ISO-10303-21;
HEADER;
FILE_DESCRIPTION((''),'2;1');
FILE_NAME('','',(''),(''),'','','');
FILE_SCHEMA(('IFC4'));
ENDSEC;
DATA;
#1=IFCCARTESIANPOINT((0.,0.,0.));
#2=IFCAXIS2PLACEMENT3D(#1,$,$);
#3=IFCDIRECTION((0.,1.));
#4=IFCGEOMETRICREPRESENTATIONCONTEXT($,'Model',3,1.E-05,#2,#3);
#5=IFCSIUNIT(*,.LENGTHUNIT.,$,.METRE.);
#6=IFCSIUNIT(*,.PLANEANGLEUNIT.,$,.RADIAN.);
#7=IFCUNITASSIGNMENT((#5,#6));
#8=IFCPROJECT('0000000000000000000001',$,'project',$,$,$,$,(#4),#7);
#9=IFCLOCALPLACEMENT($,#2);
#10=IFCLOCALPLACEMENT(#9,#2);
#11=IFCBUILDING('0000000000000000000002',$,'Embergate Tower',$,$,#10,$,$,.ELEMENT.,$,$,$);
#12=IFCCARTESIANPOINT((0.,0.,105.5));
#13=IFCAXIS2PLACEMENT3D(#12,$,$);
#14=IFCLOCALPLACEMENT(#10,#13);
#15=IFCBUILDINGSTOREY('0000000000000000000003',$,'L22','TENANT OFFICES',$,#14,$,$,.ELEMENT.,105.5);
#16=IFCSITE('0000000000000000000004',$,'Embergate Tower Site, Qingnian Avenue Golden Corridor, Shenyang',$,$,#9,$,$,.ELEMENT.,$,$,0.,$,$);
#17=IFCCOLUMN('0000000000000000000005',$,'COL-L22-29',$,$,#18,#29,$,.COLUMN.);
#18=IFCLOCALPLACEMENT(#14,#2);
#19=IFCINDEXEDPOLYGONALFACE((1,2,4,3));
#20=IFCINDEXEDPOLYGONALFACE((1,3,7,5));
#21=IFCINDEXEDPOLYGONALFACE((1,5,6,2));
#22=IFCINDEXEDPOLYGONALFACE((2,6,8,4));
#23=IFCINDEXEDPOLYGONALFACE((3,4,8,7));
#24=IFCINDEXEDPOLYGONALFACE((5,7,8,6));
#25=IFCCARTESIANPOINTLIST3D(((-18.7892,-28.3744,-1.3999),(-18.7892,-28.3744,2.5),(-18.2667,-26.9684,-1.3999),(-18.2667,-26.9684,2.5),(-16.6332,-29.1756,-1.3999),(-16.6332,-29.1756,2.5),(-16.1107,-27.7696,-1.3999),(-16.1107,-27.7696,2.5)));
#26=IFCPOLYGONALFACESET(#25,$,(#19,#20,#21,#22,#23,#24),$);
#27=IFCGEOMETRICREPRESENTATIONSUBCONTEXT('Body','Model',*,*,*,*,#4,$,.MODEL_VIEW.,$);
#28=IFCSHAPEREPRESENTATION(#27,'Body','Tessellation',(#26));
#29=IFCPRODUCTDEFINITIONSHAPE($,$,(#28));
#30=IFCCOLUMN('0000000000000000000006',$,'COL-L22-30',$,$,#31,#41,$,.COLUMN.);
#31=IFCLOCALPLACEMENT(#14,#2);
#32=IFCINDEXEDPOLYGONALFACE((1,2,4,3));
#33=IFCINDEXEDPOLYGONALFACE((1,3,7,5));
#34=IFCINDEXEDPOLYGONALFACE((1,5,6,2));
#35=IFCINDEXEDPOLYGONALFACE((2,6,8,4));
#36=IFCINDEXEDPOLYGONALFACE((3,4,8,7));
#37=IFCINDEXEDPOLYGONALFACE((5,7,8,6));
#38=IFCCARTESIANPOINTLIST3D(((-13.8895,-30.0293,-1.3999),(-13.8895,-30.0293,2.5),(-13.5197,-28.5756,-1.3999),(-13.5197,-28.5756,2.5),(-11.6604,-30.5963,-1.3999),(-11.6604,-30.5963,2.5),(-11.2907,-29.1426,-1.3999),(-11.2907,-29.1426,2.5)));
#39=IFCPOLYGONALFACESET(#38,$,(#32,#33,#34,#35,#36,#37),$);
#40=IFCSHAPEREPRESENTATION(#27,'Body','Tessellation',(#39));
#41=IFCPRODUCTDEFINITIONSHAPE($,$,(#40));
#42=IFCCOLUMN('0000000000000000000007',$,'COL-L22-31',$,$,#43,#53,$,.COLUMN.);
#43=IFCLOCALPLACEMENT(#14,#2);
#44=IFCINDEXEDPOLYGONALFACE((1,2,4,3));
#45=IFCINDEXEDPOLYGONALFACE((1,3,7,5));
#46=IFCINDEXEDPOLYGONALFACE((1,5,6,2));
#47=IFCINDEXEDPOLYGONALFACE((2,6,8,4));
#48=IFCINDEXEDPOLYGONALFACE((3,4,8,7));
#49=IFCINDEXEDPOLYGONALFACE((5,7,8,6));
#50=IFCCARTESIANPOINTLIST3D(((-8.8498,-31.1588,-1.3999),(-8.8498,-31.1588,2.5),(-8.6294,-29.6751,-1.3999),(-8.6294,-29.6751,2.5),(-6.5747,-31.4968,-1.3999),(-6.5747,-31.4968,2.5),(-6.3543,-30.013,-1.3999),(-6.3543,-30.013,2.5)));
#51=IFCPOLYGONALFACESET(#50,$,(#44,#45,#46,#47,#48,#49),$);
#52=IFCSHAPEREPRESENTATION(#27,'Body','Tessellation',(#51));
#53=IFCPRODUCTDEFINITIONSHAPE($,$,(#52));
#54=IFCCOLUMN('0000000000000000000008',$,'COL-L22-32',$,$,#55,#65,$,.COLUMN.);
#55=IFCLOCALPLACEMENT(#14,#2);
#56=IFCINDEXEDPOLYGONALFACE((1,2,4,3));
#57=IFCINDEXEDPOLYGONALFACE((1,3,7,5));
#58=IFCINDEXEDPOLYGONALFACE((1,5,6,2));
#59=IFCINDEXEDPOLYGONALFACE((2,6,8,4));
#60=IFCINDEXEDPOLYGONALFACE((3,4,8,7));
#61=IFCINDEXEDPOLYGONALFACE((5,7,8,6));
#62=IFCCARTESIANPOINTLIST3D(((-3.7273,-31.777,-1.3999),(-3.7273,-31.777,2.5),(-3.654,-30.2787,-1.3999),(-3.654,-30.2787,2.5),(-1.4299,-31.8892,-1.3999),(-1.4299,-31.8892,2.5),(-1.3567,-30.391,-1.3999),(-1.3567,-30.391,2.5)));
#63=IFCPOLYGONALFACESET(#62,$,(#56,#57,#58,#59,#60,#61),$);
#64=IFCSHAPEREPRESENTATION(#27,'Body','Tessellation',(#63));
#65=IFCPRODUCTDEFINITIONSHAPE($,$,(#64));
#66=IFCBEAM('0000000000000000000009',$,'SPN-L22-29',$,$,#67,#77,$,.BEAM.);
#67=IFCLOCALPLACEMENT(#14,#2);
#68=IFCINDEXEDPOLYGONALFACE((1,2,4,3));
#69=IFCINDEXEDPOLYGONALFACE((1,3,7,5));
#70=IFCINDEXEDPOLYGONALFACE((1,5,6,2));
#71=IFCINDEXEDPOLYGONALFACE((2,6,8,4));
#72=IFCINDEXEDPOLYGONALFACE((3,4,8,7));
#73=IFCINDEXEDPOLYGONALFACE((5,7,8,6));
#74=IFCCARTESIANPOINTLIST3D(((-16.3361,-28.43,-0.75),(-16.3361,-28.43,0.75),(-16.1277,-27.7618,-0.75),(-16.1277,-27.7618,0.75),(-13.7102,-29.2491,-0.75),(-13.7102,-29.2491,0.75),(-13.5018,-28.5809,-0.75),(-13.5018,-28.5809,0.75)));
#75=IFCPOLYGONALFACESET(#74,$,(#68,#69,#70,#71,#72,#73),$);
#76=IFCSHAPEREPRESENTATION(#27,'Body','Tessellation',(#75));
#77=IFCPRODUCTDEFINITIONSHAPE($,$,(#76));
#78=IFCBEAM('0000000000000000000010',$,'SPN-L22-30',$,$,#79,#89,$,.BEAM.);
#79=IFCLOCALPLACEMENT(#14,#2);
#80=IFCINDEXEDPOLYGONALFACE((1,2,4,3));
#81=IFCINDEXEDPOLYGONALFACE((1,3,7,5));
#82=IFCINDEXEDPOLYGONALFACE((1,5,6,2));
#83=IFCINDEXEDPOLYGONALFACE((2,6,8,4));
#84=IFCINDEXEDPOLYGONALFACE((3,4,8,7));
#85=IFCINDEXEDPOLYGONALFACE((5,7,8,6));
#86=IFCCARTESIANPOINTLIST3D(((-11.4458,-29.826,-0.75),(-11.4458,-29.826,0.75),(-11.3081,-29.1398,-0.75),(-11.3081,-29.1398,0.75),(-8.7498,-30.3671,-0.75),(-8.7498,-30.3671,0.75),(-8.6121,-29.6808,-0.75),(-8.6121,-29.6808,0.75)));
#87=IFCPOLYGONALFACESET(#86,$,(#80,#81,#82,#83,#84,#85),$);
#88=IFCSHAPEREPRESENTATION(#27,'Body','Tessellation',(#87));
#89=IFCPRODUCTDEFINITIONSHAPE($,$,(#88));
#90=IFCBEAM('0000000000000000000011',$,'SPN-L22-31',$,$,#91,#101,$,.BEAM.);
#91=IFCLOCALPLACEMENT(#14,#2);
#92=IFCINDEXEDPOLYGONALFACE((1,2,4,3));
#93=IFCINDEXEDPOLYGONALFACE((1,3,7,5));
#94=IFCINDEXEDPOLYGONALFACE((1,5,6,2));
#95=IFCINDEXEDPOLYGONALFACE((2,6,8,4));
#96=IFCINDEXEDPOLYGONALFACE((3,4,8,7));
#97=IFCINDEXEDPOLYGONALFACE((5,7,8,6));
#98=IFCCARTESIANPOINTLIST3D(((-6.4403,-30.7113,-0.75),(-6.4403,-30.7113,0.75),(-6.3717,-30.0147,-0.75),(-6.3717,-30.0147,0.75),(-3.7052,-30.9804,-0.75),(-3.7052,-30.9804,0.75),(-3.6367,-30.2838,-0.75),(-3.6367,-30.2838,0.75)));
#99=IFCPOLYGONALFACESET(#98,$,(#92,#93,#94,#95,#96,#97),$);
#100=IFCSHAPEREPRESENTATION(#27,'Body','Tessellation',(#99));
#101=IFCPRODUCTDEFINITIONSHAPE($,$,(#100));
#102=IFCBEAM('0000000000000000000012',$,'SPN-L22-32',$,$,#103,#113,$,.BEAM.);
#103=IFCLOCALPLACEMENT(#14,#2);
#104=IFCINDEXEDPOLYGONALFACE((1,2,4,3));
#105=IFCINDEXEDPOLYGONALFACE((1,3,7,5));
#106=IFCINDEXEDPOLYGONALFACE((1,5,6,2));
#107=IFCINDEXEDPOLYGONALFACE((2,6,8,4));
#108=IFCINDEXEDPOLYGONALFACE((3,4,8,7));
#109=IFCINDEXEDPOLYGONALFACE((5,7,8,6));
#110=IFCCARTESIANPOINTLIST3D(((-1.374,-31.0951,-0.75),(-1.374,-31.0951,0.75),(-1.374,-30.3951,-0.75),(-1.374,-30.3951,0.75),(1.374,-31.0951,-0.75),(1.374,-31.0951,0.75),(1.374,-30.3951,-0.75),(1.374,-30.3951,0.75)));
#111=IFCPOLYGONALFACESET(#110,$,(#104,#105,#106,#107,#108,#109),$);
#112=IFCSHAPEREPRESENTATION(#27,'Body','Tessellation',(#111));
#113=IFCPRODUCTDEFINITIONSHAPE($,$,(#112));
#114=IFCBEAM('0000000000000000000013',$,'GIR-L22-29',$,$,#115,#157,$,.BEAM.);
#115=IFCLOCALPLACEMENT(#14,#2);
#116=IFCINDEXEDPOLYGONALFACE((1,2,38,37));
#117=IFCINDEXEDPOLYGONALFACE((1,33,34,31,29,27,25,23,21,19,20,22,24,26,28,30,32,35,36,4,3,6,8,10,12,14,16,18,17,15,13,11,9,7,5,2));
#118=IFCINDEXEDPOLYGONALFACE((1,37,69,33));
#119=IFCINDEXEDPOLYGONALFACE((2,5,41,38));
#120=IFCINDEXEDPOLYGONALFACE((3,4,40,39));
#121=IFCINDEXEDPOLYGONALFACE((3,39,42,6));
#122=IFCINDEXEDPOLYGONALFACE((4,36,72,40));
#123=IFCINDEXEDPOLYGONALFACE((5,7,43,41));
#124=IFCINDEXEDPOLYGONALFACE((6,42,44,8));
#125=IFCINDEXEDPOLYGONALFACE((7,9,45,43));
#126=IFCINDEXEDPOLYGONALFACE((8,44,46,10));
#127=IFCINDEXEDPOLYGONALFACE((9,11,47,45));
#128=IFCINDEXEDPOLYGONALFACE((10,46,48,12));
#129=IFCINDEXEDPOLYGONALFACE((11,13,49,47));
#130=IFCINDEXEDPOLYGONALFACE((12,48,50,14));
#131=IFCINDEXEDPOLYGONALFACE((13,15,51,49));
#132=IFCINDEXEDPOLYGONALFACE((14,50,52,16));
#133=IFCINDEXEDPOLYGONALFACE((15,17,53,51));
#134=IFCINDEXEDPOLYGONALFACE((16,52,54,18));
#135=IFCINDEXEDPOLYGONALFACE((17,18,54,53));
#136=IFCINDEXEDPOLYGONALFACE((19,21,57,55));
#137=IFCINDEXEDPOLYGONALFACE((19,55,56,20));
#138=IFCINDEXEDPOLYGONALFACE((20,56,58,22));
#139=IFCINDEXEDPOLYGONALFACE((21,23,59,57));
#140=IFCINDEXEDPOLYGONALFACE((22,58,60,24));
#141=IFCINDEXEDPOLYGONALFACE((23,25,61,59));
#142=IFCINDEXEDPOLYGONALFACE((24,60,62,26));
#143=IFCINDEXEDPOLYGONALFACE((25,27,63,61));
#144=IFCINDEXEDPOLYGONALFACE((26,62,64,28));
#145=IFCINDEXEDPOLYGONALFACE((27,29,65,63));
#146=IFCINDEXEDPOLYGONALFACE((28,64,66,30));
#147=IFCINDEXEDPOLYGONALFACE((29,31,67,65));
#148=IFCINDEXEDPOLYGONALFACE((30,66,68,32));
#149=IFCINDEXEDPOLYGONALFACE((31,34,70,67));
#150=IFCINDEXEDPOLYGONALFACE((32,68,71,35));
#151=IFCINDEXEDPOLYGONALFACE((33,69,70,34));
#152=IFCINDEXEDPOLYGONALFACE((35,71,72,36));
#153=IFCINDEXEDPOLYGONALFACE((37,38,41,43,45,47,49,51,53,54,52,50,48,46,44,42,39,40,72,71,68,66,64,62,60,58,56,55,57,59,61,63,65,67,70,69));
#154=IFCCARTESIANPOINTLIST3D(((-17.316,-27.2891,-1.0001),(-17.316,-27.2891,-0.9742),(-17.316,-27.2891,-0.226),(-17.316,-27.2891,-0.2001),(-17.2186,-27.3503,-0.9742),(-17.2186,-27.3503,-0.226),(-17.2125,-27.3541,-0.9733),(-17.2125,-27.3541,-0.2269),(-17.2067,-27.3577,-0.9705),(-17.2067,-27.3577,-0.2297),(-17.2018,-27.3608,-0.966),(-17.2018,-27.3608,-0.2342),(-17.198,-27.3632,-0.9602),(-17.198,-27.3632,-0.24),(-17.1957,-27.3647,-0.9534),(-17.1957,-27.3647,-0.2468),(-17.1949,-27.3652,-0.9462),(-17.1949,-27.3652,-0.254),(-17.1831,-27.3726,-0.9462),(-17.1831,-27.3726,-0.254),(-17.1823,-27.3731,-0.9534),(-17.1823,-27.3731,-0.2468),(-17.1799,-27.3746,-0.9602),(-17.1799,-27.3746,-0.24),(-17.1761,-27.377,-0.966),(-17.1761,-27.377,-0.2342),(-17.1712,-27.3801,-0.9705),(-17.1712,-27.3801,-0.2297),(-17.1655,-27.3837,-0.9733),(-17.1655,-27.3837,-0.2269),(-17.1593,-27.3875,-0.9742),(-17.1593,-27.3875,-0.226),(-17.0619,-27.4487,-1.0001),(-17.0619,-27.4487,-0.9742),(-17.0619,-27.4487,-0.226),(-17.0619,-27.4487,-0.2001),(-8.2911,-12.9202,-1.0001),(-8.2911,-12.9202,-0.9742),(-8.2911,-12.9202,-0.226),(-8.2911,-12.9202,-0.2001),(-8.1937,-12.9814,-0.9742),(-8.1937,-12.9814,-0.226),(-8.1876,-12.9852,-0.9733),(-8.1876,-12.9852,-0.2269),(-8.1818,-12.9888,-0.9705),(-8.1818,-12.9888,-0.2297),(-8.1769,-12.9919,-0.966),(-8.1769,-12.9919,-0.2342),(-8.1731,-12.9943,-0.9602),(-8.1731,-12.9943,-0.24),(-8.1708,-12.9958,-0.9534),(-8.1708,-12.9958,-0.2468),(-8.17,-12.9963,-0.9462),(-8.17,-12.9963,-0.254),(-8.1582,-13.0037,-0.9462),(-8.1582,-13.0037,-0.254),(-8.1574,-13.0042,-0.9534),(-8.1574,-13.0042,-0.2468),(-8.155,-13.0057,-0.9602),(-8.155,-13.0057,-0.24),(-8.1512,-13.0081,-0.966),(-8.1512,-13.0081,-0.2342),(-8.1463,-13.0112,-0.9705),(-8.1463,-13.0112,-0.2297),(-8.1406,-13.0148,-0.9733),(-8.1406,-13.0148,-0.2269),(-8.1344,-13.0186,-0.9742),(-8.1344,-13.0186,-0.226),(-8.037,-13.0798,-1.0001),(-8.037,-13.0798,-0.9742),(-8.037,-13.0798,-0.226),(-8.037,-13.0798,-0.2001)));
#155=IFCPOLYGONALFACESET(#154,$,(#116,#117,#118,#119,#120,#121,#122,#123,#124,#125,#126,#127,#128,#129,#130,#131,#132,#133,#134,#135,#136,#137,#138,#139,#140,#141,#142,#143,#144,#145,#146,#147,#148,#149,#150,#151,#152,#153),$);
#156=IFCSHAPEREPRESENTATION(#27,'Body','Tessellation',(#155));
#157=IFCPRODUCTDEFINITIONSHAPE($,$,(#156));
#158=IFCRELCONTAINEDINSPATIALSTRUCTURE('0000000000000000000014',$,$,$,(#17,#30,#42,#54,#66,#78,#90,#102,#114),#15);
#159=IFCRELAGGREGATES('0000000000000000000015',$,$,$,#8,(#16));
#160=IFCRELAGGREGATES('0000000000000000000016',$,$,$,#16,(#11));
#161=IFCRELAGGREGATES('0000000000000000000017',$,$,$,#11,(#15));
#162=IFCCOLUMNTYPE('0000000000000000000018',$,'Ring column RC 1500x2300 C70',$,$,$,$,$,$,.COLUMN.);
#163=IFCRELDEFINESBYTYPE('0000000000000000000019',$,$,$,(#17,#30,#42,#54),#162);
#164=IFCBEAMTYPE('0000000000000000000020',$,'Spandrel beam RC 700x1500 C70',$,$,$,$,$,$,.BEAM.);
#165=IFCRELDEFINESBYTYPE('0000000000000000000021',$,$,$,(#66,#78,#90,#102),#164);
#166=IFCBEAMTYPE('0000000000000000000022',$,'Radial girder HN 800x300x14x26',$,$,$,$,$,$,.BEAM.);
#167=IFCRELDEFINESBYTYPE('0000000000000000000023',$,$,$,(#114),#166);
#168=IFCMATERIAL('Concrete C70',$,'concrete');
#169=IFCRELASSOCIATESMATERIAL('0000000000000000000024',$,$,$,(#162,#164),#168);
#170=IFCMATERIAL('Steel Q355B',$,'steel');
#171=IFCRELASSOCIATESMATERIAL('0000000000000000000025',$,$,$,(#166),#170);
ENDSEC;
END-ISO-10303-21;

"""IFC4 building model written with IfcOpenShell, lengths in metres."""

from ifc_helpers import new_model, si_unit, direction, frame, origin, origin_2d, place, context, subcontext, project, spatial, rectangle, i_section, extrude, source, transform, mapped, material, material_profile, profile_set, type_object, element, save


model = new_model("IFC4")

# Units and contexts
model_context = context("Model", 3, precision=1e-05, world=origin(), true_north=direction((0.0, 1.0)))
body_context = subcontext(model_context, "Body", "Model", "MODEL_VIEW")
ifc_project = project(units=[si_unit("LENGTHUNIT", "METRE"), si_unit("PLANEANGLEUNIT", "RADIAN")], contexts=[model_context])

# Site, building, storey
site_placement = place(None, origin())
site = spatial("IfcSite", under=ifc_project, at=site_placement, Name="Embergate Tower Site, Qingnian Avenue Golden Corridor, Shenyang", CompositionType="ELEMENT", RefElevation=0.0)
building_placement = place(site_placement, origin())
building = spatial("IfcBuilding", under=site, at=building_placement, Name="Embergate Tower", CompositionType="ELEMENT")
storey_placement = place(building_placement, frame((0.0, 0.0, 105.5)))
storey = spatial("IfcBuildingStorey", under=building, at=storey_placement, Name="L22", Description="TENANT OFFICES", CompositionType="ELEMENT", Elevation=105.5)

# Columns
ifc_material_1 = material(Name="Concrete C70", Category="concrete")
ifc_material_profile_1 = material_profile(ifc_material_1, rectangle(XDim=1.5, YDim=2.3, at=origin_2d()), Name="RC 1500x2300")
ifc_profile_set_1 = profile_set([ifc_material_profile_1], Name="Concrete C70")
column_type = type_object("IfcColumnType", Name="Ring column RC 1500x2300 C70", PredefinedType="COLUMN", material=ifc_profile_set_1)
shared_shape_1 = source(origin(), body_context, "Body", "SweptSolid", [
    extrude(rectangle(XDim=1.5, YDim=2.3, at=origin_2d()), origin(), (0.0, 0.0, 1.0), 3.8999),
])
for number, where, z_axis, x_axis, name in (
    (1, (-17.45, -28.072, -1.3999), (0.0, 0.0, 1.0), (-0.348343, -0.937367, 0.0), "COL-L22-29"),
    (2, (-12.5901, -29.5859, -1.3999), (0.0, 0.0, 1.0), (-0.246509, -0.969141, 0.0), "COL-L22-30"),
    (3, (-7.6021, -30.5859, -1.3999), (0.0, 0.0, 1.0), (-0.146929, -0.989147, 0.0), "COL-L22-31"),
    (4, (-2.542, -31.084, -1.3999), (0.0, 0.0, 1.0), (-0.048815, -0.998808, 0.0), "COL-L22-32"),
):
    element("IfcColumn", number, at=place(storey_placement, frame(where, z_axis=z_axis, x_axis=x_axis)), inside=storey, type_object=column_type, Name=name, PredefinedType="COLUMN", context=body_context, shape_type="MappedRepresentation", body=[
        mapped(shared_shape_1, transform((0.0, 0.0, 0.0))),
    ])

# Beams
ifc_material_profile_2 = material_profile(ifc_material_1, rectangle(XDim=0.7, YDim=1.5, at=origin_2d()), Name="RC 700x1500")
ifc_profile_set_2 = profile_set([ifc_material_profile_2], Name="Concrete C70")
beam_type_1 = type_object("IfcBeamType", Name="Spandrel beam RC 700x1500 C70", PredefinedType="BEAM", material=ifc_profile_set_2)
shared_shape_2 = source(origin(), body_context, "Body", "SweptSolid", [
    extrude(rectangle(XDim=0.7, YDim=1.5, at=origin_2d()), origin(), (0.0, 0.0, 1.0), 2.7507),
])
beam_1_placement = place(storey_placement, frame((-16.2319, -28.0959, 0.0), z_axis=(0.954638, -0.29777, 0.0), x_axis=(0.29777, 0.954638, 0.0)))
element("IfcBeam", 5, at=beam_1_placement, inside=storey, type_object=beam_type_1, Name="SPN-L22-29", PredefinedType="BEAM", context=body_context, shape_type="MappedRepresentation", body=[
    mapped(shared_shape_2, transform((0.0, 0.0, 0.0))),
])
shared_shape_3 = source(origin(), body_context, "Body", "SweptSolid", [
    extrude(rectangle(XDim=0.7, YDim=1.5, at=origin_2d()), origin(), (0.0, 0.0, 1.0), 2.7498),
])
beam_2_placement = place(storey_placement, frame((-11.377, -29.4829, 0.0), z_axis=(0.980454, -0.196748, 0.0), x_axis=(0.196748, 0.980454, 0.0)))
element("IfcBeam", 6, at=beam_2_placement, inside=storey, type_object=beam_type_1, Name="SPN-L22-30", PredefinedType="BEAM", context=body_context, shape_type="MappedRepresentation", body=[
    mapped(shared_shape_3, transform((0.0, 0.0, 0.0))),
])
shared_shape_4 = source(origin(), body_context, "Body", "SweptSolid", [
    extrude(rectangle(XDim=0.7, YDim=1.5, at=origin_2d()), origin(), (0.0, 0.0, 1.0), 2.7483),
])
beam_3_placement = place(storey_placement, frame((-6.406, -30.363, 0.0), z_axis=(0.995197, -0.097894, 0.0), x_axis=(0.097894, 0.995197, 0.0)))
element("IfcBeam", 7, at=beam_3_placement, inside=storey, type_object=beam_type_1, Name="SPN-L22-31", PredefinedType="BEAM", context=body_context, shape_type="MappedRepresentation", body=[
    mapped(shared_shape_4, transform((0.0, 0.0, 0.0))),
])
shared_shape_5 = source(origin(), body_context, "Body", "SweptSolid", [
    extrude(rectangle(XDim=0.7, YDim=1.5, at=origin_2d()), origin(), (0.0, 0.0, 1.0), 2.748),
])
beam_4_placement = place(storey_placement, frame((-1.374, -30.7451, 0.0), z_axis=(1.0, 0.0, 0.0), x_axis=(0.0, 1.0, 0.0)))
element("IfcBeam", 8, at=beam_4_placement, inside=storey, type_object=beam_type_1, Name="SPN-L22-32", PredefinedType="BEAM", context=body_context, shape_type="MappedRepresentation", body=[
    mapped(shared_shape_5, transform((0.0, 0.0, 0.0))),
])
ifc_material_2 = material(Name="Steel Q355B", Category="steel")
ifc_material_profile_3 = material_profile(ifc_material_2, i_section(OverallWidth=0.3, OverallDepth=0.8, WebThickness=0.0139, FlangeThickness=0.0259, FilletRadius=0.0281, at=origin_2d()), Name="HN 800x300x14x26")
ifc_profile_set_3 = profile_set([ifc_material_profile_3], Name="Steel Q355 grade B")
beam_type_2 = type_object("IfcBeamType", Name="Radial girder HN 800x300x14x26", PredefinedType="BEAM", material=ifc_profile_set_3)
shared_shape_6 = source(origin(), body_context, "Body", "SweptSolid", [
    extrude(i_section(OverallWidth=0.3, OverallDepth=0.8, WebThickness=0.0139, FlangeThickness=0.0259, FilletRadius=0.0281, at=origin_2d()), origin(), (0.0, 0.0, 1.0), 16.968),
])
beam_5_placement = place(storey_placement, frame((-17.189, -27.3689, -0.6001), z_axis=(0.531877, 0.846822, 0.0), x_axis=(-0.846822, 0.531877, 0.0)))
element("IfcBeam", 9, at=beam_5_placement, inside=storey, type_object=beam_type_2, Name="GIR-L22-29", PredefinedType="BEAM", context=body_context, shape_type="MappedRepresentation", body=[
    mapped(shared_shape_6, transform((0.0, 0.0, 0.0))),
])

save(model, "model.ifc")
